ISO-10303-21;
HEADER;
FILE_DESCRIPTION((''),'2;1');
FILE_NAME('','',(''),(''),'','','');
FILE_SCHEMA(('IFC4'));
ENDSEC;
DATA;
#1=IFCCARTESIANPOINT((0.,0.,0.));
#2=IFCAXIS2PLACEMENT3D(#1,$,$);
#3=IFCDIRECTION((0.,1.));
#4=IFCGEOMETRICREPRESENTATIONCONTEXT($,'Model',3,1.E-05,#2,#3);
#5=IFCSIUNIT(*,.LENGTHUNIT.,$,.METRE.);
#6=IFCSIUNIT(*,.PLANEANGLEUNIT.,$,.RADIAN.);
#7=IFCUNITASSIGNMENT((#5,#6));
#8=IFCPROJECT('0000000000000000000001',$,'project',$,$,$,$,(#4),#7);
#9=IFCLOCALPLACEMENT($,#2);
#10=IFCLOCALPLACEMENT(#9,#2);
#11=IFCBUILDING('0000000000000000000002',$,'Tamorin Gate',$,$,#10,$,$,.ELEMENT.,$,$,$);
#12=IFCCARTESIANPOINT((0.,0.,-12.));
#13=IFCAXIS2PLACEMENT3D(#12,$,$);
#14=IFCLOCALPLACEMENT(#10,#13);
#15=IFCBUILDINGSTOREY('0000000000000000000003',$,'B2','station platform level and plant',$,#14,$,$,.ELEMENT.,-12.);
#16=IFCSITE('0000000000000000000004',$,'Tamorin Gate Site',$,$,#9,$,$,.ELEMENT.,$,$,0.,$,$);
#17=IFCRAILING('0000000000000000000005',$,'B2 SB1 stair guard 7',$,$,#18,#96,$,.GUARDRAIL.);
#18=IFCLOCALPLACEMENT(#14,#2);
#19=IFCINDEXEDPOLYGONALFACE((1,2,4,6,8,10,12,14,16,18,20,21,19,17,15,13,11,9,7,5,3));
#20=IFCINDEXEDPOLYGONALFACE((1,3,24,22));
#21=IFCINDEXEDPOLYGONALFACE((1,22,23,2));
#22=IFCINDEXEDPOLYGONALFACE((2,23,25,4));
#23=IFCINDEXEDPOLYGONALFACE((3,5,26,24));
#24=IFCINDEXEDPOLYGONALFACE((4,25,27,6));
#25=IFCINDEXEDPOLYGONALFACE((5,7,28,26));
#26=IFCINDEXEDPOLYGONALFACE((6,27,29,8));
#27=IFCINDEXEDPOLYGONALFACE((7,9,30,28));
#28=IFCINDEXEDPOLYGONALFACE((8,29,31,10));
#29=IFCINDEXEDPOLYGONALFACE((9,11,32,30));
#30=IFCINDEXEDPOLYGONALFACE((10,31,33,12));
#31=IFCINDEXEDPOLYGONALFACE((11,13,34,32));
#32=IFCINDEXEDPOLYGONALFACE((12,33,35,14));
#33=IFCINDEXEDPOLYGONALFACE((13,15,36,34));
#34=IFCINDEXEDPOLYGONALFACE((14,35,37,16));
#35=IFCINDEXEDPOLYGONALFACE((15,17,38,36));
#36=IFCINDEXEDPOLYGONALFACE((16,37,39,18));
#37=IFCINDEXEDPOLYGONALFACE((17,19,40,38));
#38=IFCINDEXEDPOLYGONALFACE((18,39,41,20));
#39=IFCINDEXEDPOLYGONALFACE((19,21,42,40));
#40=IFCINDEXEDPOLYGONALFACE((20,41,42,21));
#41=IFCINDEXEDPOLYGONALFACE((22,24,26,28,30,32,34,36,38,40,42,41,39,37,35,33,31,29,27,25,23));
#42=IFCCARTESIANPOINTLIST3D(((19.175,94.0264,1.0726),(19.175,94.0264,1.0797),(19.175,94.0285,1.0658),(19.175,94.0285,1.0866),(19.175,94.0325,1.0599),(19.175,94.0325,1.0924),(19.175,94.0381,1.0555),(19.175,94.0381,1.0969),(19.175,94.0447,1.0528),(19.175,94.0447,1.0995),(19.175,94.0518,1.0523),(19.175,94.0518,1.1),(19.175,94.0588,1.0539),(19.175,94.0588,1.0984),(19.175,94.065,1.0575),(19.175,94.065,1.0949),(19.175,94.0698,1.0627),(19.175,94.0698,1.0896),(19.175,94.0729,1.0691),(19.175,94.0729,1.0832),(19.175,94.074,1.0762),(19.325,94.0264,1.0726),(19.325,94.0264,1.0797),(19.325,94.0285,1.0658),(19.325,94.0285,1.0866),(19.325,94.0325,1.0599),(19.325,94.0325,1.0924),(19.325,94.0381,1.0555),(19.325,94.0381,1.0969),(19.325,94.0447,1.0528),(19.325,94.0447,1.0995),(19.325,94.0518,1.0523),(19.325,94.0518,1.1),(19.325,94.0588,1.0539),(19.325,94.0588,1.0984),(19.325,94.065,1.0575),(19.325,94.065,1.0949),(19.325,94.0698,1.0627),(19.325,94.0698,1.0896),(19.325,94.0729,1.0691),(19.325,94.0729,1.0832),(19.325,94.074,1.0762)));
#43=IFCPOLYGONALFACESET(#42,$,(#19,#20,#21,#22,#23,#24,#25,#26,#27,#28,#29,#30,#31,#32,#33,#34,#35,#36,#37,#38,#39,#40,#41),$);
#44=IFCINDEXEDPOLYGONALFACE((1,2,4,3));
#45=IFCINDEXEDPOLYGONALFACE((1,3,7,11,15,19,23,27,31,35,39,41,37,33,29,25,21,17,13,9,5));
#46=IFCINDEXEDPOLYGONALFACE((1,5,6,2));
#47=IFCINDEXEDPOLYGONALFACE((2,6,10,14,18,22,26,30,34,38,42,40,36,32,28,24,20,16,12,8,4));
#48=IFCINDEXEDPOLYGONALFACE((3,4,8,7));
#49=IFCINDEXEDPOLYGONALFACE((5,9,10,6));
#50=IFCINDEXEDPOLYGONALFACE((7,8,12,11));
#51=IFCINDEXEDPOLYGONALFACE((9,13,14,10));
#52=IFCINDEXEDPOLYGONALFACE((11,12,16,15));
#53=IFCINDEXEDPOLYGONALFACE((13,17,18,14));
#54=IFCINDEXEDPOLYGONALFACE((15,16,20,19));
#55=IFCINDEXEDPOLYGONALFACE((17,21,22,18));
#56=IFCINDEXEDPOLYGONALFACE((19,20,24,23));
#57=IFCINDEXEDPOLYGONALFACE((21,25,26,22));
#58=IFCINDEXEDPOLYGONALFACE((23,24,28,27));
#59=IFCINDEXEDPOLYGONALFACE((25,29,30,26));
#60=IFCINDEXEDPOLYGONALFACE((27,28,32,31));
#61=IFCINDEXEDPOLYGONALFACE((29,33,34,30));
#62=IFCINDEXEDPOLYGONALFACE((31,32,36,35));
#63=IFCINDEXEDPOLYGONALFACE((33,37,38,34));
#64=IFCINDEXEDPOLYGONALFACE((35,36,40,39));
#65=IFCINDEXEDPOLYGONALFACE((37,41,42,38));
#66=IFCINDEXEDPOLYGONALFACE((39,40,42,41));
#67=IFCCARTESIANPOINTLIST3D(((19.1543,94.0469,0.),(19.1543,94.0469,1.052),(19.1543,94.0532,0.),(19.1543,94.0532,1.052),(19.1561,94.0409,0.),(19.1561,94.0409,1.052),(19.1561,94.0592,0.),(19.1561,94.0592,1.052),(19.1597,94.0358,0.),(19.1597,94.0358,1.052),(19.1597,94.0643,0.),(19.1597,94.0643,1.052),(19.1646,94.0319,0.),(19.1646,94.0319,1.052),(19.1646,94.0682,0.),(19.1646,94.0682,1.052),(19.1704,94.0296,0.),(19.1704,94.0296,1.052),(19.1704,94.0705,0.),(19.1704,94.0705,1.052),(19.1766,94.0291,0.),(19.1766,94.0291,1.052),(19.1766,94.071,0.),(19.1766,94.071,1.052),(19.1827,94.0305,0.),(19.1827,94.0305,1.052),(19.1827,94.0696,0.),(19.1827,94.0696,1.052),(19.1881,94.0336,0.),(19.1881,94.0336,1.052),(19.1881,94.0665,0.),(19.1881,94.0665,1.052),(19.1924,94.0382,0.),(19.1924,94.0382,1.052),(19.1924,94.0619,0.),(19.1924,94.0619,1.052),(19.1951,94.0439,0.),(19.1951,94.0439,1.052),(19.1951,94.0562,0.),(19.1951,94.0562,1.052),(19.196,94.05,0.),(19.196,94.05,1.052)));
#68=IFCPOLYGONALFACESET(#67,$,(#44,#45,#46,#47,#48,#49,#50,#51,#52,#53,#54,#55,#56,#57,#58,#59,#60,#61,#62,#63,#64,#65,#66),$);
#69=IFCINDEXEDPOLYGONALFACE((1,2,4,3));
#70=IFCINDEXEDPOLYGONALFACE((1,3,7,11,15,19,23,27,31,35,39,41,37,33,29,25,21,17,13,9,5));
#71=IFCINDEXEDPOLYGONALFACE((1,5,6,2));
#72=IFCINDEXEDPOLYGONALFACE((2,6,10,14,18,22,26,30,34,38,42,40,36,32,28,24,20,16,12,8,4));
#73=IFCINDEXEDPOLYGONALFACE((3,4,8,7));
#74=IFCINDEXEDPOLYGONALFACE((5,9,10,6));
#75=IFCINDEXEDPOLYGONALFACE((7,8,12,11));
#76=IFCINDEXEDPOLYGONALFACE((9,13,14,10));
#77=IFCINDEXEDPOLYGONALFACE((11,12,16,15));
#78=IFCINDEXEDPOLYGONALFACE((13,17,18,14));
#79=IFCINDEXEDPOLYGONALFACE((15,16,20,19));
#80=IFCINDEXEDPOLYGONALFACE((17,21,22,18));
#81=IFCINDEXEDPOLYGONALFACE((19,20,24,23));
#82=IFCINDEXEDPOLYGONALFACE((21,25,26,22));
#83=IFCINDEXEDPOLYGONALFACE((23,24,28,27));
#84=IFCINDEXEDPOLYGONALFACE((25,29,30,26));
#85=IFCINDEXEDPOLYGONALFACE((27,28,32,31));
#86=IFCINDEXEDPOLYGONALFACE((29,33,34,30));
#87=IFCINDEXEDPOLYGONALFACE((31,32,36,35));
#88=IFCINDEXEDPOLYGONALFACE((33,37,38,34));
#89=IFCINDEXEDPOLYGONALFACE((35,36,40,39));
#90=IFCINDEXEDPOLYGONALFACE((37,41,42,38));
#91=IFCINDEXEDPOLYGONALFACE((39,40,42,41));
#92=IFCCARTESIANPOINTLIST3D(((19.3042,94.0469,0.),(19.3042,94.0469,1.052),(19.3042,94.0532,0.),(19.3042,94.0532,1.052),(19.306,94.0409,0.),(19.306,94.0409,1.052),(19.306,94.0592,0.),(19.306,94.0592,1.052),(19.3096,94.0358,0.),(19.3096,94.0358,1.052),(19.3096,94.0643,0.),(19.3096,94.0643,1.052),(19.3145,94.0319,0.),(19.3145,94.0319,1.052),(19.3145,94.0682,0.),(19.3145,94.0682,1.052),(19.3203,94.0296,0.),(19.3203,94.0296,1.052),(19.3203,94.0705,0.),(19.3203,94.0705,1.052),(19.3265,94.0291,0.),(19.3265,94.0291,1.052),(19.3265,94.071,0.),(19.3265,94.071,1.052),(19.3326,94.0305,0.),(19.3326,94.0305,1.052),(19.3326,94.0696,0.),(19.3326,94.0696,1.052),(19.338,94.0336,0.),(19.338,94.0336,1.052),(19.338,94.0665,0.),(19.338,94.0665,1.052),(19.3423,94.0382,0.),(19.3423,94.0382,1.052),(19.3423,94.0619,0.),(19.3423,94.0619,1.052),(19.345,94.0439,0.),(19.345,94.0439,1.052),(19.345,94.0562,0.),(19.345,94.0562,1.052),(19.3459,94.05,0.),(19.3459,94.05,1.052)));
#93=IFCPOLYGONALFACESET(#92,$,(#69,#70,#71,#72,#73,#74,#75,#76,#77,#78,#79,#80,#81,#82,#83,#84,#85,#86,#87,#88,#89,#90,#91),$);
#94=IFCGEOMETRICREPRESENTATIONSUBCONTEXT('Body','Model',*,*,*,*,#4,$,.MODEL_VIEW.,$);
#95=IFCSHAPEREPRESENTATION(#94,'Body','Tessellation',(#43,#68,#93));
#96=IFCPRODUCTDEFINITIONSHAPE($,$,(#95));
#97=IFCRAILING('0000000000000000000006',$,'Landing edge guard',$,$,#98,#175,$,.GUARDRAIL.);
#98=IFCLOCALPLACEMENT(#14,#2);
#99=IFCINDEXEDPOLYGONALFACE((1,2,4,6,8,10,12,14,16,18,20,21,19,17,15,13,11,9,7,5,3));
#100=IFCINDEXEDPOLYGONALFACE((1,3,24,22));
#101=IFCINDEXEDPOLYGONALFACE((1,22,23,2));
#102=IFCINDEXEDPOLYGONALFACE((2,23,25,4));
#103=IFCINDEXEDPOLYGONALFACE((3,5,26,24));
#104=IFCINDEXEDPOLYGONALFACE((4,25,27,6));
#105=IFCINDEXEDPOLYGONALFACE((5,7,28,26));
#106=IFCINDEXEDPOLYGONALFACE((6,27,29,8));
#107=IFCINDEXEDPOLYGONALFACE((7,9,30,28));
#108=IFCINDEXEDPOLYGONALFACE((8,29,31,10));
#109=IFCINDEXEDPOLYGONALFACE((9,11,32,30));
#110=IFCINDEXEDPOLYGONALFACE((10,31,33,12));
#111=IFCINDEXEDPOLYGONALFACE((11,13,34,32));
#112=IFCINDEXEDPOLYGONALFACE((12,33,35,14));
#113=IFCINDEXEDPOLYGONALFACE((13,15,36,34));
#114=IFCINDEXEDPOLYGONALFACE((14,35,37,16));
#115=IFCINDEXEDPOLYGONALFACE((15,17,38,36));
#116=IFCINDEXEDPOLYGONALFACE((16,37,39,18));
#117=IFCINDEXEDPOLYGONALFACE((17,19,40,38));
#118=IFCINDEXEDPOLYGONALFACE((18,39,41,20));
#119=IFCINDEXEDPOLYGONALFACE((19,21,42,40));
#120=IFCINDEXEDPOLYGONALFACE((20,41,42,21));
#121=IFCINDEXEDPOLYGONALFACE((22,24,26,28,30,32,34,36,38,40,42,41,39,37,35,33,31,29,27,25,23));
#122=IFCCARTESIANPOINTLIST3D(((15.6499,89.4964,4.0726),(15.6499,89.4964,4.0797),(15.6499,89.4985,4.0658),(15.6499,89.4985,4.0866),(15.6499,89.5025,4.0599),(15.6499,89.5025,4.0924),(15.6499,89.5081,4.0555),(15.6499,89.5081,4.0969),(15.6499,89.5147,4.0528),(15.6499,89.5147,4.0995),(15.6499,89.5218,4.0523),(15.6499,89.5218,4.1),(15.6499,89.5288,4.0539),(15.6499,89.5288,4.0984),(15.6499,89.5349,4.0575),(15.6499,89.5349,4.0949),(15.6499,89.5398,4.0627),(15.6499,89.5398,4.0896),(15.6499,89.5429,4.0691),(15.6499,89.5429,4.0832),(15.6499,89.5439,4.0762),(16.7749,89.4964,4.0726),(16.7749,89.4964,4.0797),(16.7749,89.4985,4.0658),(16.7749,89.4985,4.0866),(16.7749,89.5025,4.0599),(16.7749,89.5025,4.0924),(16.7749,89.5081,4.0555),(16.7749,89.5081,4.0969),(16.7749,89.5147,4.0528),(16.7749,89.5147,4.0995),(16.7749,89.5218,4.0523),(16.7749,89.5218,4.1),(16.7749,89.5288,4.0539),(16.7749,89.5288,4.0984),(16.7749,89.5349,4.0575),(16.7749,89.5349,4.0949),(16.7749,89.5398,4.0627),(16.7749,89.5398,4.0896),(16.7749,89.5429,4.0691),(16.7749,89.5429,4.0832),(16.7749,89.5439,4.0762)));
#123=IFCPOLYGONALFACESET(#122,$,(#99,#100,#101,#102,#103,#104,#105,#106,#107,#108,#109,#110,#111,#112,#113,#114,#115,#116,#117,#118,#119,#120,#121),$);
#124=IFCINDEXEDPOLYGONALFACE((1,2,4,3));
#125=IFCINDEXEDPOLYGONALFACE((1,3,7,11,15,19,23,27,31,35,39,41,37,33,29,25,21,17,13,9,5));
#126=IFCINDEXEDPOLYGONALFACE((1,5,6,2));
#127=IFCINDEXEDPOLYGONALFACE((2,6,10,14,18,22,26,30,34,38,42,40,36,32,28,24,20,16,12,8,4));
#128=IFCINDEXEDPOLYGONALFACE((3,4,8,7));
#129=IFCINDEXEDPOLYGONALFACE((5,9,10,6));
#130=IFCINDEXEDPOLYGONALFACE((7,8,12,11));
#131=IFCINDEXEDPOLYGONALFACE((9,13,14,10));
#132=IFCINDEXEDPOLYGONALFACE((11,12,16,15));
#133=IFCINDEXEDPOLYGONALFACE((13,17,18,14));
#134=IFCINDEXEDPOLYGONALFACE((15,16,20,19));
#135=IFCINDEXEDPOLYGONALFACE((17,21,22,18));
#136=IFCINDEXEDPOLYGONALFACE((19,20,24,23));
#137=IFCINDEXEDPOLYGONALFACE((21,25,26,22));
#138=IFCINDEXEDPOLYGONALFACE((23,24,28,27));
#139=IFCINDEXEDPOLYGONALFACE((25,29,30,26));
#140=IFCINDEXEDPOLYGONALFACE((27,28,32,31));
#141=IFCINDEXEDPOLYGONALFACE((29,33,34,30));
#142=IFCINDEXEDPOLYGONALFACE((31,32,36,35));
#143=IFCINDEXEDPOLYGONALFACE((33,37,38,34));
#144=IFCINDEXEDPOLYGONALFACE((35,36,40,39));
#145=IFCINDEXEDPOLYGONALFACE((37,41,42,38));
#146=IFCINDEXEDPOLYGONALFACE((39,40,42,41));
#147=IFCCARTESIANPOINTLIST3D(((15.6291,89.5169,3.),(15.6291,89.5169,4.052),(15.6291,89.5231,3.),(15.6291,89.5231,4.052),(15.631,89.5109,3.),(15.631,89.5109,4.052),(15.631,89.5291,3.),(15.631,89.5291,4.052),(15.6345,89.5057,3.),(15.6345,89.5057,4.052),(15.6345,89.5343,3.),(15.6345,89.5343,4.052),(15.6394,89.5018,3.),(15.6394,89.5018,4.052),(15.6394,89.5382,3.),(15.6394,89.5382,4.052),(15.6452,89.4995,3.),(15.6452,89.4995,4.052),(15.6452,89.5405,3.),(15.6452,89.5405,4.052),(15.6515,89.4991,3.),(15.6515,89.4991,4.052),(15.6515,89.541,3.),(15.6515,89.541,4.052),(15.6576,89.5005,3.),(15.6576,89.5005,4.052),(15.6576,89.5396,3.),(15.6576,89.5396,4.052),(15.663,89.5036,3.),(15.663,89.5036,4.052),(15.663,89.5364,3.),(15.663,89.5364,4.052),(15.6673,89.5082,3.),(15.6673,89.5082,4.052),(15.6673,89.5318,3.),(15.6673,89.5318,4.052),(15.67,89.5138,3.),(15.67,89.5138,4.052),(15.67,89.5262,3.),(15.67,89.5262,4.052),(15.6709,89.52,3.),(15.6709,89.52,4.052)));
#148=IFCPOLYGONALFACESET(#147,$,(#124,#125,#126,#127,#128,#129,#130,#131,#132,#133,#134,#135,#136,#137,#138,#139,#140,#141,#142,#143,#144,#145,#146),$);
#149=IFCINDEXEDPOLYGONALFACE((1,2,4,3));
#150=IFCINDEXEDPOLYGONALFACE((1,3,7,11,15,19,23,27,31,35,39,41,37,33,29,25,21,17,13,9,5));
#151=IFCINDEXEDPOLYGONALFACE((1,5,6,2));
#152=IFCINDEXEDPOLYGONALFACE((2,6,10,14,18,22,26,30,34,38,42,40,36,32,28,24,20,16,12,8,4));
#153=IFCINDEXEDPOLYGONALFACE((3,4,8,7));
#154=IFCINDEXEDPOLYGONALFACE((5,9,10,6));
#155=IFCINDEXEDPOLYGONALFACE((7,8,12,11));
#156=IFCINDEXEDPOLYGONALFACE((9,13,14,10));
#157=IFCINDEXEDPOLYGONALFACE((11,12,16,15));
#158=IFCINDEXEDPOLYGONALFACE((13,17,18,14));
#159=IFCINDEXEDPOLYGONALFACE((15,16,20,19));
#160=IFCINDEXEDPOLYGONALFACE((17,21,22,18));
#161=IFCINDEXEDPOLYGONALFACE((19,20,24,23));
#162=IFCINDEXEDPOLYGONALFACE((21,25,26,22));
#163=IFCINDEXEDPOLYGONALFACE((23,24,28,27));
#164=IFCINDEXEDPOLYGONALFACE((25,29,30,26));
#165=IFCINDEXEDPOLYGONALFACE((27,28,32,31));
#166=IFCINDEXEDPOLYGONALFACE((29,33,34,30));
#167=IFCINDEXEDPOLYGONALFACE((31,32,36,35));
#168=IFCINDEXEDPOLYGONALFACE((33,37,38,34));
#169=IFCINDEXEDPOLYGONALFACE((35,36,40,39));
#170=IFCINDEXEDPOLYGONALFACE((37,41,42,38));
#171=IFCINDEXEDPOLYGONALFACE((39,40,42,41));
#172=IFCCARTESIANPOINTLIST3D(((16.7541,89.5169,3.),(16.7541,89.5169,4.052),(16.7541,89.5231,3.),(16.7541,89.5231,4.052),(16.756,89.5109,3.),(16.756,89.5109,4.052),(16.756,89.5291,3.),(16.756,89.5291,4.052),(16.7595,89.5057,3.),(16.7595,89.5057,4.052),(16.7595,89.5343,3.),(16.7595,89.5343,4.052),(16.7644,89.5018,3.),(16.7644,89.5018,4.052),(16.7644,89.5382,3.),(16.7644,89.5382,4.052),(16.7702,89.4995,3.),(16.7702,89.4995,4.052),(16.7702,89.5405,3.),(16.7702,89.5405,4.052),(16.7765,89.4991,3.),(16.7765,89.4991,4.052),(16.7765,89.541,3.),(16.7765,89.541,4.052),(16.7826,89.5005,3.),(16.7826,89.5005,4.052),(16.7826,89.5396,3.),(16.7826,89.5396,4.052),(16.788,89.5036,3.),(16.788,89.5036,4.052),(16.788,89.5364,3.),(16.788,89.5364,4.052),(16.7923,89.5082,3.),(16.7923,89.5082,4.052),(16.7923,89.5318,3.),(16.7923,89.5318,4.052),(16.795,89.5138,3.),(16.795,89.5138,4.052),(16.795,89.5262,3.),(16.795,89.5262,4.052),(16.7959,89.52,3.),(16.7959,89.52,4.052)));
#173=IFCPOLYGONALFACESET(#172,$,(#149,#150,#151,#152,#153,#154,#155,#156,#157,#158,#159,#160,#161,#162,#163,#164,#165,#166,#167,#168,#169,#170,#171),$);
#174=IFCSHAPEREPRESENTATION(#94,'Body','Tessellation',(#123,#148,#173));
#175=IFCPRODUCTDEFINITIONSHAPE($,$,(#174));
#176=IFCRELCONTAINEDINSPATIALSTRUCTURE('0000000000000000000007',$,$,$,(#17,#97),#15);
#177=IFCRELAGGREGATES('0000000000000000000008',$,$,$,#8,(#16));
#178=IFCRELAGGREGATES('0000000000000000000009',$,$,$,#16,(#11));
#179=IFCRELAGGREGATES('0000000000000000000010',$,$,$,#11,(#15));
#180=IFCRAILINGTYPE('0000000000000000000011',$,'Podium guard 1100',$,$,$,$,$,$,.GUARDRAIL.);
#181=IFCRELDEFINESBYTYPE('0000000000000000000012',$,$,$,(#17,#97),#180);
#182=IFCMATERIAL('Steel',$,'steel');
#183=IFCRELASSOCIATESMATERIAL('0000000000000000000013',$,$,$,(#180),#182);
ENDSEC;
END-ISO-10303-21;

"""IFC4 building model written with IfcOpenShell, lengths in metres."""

from ifc_helpers import new_model, si_unit, direction, frame, origin, origin_2d, place, context, subcontext, project, spatial, circle, extrude, material, type_object, element, save


model = new_model("IFC4")

# Units and contexts
model_context = context("Model", 3, precision=1e-05, world=origin(), true_north=direction((0.0, 1.0)))
body_context = subcontext(model_context, "Body", "Model", "MODEL_VIEW")
ifc_project = project(units=[si_unit("LENGTHUNIT", "METRE"), si_unit("PLANEANGLEUNIT", "RADIAN")], contexts=[model_context])

# Site, building, storey
site_placement = place(None, origin())
site = spatial("IfcSite", under=ifc_project, at=site_placement, Name="Tamorin Gate Site", CompositionType="ELEMENT", RefElevation=0.0)
building_placement = place(site_placement, origin())
building = spatial("IfcBuilding", under=site, at=building_placement, Name="Tamorin Gate", CompositionType="ELEMENT")
storey_placement = place(building_placement, frame((0.0, 0.0, -12.0)))
storey = spatial("IfcBuildingStorey", under=building, at=storey_placement, Name="B2", Description="station platform level and plant", CompositionType="ELEMENT", Elevation=-12.0)

# Railings
ifc_material_1 = material(Name="Steel", Category="steel")
railing_type_1 = type_object("IfcRailingType", Name="Podium guard 1100", PredefinedType="GUARDRAIL", material=ifc_material_1)
railing_1_placement = place(storey_placement, frame((19.175, 94.05, 0.0)))
element("IfcRailing", 1, at=railing_1_placement, inside=storey, type_object=railing_type_1, Name="B2 SB1 stair guard 7", PredefinedType="GUARDRAIL", context=body_context, shape_type="SweptSolid", body=[
    extrude(circle(Radius=0.0239, at=origin_2d()), frame((0.0, 0.0, 1.0762), z_axis=(1.0, 0.0, 0.0), x_axis=(0.0, 1.0, 0.0)), (0.0, 0.0, 1.0), 0.1499),
    extrude(circle(Radius=0.021, at=origin_2d()), origin(), (0.0, 0.0, 1.0), 1.052),
    extrude(circle(Radius=0.021, at=origin_2d()), frame((0.1499, 0.0, 0.0)), (0.0, 0.0, 1.0), 1.052),
])
railing_2_placement = place(storey_placement, frame((15.6499, 89.52, 3.0)))
element("IfcRailing", 2, at=railing_2_placement, inside=storey, type_object=railing_type_1, Name="Landing edge guard", PredefinedType="GUARDRAIL", context=body_context, shape_type="SweptSolid", body=[
    extrude(circle(Radius=0.0239, at=origin_2d()), frame((0.0, 0.0, 1.0762), z_axis=(1.0, 0.0, 0.0), x_axis=(0.0, 1.0, 0.0)), (0.0, 0.0, 1.0), 1.125),
    extrude(circle(Radius=0.021, at=origin_2d()), origin(), (0.0, 0.0, 1.0), 1.052),
    extrude(circle(Radius=0.021, at=origin_2d()), frame((1.125, 0.0, 0.0)), (0.0, 0.0, 1.0), 1.052),
])

save(model, "model.ifc")
